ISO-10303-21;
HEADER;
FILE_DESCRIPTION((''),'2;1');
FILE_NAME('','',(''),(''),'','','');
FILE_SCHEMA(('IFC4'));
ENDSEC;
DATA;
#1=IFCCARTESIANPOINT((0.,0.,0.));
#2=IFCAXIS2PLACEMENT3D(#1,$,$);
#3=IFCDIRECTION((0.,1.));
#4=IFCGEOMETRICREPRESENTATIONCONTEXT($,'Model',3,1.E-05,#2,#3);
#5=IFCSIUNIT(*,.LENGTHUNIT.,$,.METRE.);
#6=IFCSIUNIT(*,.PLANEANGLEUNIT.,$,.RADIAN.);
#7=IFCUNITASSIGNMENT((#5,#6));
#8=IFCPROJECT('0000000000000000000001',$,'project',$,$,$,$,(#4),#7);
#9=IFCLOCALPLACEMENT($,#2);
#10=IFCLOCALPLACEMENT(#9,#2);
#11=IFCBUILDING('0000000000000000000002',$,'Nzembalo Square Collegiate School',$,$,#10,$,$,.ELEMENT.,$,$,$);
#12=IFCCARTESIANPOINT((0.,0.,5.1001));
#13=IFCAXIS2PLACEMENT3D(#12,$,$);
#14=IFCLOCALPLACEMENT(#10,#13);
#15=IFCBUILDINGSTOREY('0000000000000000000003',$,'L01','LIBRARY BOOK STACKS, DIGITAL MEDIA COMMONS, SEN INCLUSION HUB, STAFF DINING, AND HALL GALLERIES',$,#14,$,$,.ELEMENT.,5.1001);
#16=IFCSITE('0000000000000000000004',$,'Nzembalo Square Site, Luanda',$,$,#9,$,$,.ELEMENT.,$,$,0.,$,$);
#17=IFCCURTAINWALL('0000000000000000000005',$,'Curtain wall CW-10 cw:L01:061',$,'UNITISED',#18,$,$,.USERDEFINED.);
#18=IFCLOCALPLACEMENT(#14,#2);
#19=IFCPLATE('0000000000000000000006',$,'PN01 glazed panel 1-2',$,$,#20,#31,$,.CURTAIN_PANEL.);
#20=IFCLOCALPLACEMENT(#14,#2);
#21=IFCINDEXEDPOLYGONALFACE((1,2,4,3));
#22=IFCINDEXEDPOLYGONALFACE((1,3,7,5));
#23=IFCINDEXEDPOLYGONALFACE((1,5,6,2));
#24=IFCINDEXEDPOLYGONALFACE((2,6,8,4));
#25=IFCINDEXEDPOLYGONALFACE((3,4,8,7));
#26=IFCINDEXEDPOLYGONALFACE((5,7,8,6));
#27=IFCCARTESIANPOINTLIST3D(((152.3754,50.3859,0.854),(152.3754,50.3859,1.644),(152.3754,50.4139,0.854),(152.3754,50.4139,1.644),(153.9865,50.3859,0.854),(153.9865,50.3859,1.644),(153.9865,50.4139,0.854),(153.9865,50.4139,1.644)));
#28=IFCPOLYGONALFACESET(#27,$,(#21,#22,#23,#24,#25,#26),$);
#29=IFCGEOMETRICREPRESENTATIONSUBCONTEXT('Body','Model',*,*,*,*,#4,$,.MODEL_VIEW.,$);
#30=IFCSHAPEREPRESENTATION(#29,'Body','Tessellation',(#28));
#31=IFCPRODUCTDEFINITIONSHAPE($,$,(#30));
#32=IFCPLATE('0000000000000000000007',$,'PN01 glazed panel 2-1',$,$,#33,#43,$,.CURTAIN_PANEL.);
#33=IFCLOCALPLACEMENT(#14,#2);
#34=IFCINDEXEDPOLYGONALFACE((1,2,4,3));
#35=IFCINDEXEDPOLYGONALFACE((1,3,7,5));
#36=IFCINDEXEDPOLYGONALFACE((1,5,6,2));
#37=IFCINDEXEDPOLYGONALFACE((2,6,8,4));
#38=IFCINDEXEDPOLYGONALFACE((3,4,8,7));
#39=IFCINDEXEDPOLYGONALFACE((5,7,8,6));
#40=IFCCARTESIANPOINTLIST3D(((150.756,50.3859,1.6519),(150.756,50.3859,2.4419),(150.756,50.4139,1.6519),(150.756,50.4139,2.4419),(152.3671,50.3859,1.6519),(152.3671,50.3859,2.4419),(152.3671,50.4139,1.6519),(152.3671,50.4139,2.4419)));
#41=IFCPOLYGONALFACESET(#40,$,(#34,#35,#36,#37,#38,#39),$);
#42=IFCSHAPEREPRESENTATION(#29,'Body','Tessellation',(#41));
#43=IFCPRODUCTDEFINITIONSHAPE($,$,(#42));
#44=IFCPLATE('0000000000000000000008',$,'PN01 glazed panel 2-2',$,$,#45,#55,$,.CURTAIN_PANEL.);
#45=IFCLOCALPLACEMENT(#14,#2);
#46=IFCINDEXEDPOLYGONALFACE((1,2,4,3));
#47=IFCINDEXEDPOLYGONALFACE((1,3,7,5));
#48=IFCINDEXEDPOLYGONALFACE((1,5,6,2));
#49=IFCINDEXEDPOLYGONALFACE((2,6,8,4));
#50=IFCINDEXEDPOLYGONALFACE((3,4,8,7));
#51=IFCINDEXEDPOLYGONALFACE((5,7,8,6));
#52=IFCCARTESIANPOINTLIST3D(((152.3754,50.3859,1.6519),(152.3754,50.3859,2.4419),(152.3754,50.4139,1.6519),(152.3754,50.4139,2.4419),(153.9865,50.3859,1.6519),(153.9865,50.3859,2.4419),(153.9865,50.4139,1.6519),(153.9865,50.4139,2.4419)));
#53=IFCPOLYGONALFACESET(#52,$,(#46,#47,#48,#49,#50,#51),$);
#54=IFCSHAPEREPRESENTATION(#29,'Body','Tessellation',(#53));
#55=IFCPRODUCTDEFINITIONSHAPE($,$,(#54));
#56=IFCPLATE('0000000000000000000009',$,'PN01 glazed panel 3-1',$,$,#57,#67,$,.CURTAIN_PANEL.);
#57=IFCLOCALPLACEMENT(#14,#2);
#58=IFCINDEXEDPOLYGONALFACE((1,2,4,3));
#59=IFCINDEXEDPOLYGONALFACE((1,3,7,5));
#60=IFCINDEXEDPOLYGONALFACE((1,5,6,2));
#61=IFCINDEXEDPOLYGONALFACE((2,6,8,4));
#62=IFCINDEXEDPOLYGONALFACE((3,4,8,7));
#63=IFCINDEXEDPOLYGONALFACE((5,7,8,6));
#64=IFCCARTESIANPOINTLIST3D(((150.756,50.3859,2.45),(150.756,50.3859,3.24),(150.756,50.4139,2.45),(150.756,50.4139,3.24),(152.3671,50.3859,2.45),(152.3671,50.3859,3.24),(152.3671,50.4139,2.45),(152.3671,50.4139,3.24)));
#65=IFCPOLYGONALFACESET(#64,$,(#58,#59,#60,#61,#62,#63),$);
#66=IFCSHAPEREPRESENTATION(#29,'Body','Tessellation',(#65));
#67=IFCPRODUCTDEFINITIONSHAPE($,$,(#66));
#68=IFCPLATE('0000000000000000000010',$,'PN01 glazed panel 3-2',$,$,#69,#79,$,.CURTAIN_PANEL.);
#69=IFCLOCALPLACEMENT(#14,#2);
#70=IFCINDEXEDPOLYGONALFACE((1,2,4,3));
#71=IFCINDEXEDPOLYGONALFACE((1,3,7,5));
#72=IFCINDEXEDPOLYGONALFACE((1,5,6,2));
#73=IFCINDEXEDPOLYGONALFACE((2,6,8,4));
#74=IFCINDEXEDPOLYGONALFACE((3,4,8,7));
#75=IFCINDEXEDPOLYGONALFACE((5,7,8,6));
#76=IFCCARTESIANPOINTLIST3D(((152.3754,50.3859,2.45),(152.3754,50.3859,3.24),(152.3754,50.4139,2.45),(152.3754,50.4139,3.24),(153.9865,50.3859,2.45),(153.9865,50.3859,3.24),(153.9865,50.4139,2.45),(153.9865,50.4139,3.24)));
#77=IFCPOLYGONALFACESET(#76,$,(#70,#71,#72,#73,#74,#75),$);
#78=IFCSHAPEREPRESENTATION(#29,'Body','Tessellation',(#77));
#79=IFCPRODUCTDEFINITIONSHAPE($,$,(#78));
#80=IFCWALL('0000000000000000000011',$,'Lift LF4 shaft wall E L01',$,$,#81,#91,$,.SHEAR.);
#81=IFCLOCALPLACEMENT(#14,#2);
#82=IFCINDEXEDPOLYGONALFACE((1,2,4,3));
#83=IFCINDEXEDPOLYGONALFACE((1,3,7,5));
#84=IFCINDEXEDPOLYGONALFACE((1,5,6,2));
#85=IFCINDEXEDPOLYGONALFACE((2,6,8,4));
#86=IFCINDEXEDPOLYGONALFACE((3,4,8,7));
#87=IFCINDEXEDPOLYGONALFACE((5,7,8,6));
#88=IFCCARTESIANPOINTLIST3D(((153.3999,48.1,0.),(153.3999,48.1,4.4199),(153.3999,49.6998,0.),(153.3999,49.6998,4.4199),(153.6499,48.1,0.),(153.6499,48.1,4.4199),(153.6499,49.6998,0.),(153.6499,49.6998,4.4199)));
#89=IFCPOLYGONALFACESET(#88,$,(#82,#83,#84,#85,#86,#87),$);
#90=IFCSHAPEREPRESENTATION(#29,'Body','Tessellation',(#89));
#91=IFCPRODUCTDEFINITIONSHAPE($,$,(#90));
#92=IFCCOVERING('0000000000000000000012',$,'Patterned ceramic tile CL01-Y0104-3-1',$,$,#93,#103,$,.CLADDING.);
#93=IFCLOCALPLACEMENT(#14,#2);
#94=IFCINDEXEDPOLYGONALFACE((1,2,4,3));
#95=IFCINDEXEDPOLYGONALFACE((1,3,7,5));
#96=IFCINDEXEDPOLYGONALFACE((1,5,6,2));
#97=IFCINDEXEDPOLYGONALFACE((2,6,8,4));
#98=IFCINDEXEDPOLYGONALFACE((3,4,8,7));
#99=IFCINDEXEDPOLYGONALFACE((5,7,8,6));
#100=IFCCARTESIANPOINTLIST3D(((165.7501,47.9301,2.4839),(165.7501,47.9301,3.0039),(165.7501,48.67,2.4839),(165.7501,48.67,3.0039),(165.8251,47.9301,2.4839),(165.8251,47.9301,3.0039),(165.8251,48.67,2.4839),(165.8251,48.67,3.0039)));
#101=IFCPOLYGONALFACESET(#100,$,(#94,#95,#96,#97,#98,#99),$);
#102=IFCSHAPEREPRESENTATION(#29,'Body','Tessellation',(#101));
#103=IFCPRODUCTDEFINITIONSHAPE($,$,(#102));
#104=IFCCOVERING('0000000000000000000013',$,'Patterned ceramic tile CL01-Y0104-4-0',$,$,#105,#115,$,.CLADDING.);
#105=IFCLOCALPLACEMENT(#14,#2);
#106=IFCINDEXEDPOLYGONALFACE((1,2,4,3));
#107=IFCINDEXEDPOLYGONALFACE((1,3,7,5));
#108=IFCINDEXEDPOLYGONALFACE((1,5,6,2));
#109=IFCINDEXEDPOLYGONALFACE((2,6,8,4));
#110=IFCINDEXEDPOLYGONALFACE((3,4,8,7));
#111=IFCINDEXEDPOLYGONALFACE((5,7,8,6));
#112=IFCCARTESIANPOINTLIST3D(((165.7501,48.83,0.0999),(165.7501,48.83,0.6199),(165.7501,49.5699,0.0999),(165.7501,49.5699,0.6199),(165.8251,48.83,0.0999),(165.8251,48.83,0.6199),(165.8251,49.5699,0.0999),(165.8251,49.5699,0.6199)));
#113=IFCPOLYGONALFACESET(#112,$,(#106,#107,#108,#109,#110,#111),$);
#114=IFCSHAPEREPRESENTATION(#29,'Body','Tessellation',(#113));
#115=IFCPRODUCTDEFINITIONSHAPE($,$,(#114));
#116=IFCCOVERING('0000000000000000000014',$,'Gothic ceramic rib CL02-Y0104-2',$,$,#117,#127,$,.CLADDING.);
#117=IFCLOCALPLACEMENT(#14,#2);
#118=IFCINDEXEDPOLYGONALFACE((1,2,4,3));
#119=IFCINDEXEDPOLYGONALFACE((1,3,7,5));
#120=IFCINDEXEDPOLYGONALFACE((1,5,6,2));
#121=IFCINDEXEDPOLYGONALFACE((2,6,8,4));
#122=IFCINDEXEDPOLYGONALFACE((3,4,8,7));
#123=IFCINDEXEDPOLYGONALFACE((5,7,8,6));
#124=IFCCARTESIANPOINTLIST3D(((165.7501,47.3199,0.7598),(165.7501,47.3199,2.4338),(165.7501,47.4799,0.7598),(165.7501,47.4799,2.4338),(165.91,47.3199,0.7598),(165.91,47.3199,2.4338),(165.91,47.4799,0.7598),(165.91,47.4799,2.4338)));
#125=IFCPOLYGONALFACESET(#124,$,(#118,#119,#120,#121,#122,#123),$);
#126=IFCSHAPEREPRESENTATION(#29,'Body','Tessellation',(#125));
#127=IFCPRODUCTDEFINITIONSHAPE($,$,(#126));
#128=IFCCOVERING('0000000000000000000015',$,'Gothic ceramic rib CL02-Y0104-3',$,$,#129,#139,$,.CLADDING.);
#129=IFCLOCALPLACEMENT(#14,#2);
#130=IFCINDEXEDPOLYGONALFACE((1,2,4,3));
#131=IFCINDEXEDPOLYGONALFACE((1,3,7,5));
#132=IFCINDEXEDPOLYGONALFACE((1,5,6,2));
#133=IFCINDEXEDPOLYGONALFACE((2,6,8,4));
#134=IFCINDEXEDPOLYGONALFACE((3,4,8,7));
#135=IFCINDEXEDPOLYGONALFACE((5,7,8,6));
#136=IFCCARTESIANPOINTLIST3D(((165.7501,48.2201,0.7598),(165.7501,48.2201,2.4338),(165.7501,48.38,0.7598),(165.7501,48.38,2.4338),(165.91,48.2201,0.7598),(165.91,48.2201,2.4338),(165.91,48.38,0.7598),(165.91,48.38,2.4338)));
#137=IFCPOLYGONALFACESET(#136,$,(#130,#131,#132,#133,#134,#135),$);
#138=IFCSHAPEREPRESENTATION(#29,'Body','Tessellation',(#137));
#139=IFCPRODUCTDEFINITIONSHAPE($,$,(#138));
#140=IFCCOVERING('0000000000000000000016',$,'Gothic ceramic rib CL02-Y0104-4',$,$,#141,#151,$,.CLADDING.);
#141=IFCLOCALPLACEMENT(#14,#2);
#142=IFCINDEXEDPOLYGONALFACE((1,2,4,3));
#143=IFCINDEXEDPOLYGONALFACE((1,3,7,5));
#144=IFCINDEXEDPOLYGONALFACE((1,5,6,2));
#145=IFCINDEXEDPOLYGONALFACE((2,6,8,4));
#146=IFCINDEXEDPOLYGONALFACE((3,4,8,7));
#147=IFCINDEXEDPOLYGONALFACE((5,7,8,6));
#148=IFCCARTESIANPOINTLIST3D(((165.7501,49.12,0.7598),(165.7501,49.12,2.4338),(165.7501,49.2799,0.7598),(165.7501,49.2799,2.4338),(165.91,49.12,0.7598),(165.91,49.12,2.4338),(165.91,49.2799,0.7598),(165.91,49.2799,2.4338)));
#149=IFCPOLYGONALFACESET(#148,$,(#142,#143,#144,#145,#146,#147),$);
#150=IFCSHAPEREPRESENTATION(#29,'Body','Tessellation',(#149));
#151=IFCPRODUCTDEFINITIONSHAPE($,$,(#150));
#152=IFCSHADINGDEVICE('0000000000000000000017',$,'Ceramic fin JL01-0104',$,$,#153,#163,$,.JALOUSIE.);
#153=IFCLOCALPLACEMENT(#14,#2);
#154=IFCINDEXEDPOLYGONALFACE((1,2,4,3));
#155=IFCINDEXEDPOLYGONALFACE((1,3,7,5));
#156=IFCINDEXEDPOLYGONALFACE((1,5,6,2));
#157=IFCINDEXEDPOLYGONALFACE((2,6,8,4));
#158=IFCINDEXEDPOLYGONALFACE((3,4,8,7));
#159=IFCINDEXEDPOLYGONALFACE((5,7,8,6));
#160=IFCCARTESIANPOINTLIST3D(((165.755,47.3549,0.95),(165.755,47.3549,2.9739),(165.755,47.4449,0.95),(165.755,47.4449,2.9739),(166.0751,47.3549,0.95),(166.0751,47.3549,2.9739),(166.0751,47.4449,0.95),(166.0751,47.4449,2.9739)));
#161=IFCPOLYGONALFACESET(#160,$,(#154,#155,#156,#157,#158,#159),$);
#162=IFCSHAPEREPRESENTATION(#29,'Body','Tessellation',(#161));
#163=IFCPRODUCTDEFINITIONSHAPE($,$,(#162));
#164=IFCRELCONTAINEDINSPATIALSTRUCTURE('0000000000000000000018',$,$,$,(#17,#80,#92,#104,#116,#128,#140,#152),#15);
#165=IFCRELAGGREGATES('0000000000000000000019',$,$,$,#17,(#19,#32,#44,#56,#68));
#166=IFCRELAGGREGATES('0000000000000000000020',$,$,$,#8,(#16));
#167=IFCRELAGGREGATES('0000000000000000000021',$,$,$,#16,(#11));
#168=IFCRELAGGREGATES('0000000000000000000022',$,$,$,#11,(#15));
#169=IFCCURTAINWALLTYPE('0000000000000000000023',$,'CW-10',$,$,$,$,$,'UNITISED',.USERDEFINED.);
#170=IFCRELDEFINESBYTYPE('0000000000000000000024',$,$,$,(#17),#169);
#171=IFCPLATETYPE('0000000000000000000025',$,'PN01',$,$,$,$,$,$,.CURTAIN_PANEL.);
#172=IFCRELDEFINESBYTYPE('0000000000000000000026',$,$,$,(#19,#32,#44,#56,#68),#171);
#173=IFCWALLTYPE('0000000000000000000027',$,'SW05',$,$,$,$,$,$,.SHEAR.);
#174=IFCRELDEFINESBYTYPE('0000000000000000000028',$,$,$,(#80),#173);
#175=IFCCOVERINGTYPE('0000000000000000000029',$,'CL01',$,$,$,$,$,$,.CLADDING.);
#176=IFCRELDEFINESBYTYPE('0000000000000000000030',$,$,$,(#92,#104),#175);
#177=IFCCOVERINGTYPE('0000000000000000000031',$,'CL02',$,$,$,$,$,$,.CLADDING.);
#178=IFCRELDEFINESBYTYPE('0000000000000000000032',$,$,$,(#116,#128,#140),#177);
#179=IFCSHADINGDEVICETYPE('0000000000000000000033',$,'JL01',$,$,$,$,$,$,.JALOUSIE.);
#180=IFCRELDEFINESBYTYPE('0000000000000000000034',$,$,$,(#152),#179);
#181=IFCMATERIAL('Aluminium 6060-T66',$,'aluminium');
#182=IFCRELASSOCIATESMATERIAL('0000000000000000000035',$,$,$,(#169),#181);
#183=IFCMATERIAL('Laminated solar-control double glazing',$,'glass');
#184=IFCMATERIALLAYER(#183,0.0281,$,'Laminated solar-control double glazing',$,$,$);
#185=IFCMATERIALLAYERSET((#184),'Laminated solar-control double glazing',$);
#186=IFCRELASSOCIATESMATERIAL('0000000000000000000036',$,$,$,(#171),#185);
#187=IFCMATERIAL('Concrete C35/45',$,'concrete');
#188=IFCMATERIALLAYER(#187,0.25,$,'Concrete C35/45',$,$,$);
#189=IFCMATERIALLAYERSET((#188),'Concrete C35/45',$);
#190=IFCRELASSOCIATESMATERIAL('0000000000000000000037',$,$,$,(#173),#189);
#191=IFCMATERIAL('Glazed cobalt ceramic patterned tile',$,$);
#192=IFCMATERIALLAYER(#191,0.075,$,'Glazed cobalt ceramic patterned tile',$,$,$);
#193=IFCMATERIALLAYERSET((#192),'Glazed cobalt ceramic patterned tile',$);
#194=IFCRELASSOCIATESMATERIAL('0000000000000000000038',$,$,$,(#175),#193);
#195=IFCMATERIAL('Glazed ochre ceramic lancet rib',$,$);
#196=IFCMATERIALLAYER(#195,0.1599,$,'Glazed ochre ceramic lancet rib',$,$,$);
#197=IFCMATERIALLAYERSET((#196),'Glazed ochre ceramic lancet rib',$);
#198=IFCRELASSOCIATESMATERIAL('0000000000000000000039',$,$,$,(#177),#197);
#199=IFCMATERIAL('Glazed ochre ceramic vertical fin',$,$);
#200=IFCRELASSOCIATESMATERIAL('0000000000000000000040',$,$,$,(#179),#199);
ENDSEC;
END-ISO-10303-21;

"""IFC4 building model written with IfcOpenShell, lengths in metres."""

from ifc_helpers import new_model, si_unit, direction, frame, frame_2d, origin, origin_2d, place, context, subcontext, project, spatial, rectangle, extrude, material, layer, layer_set, type_object, element, aggregate, save


model = new_model("IFC4")

# Units and contexts
model_context = context("Model", 3, precision=1e-05, world=origin(), true_north=direction((0.0, 1.0)))
body_context = subcontext(model_context, "Body", "Model", "MODEL_VIEW")
ifc_project = project(units=[si_unit("LENGTHUNIT", "METRE"), si_unit("PLANEANGLEUNIT", "RADIAN")], contexts=[model_context])

# Site, building, storey
site_placement = place(None, origin())
site = spatial("IfcSite", under=ifc_project, at=site_placement, Name="Nzembalo Square Site, Luanda", CompositionType="ELEMENT", RefElevation=0.0)
building_placement = place(site_placement, origin())
building = spatial("IfcBuilding", under=site, at=building_placement, Name="Nzembalo Square Collegiate School", CompositionType="ELEMENT")
storey_placement = place(building_placement, frame((0.0, 0.0, 5.1001)))
storey = spatial("IfcBuildingStorey", under=building, at=storey_placement, Name="L01", Description="LIBRARY BOOK STACKS, DIGITAL MEDIA COMMONS, SEN INCLUSION HUB, STAFF DINING, AND HALL GALLERIES", CompositionType="ELEMENT", Elevation=5.1001)

# Curtain wall, plates
ifc_material_1 = material(Name="Aluminium 6060-T66", Category="aluminium")
curtain_wall_type = type_object("IfcCurtainWallType", Name="CW-10", ElementType="UNITISED", PredefinedType="USERDEFINED", material=ifc_material_1)
curtain_wall_placement = place(storey_placement, origin())
curtain_wall = element("IfcCurtainWall", 1, at=curtain_wall_placement, inside=storey, type_object=curtain_wall_type, Name="Curtain wall CW-10 cw:L01:061", ObjectType="UNITISED", PredefinedType="USERDEFINED")
ifc_material_2 = material(Name="Laminated solar-control double glazing", Category="glass")
ifc_layer_1 = layer(ifc_material_2, 0.0281, Name="Laminated solar-control double glazing")
ifc_layer_set_1 = layer_set([ifc_layer_1], Name="Laminated solar-control double glazing")
plate_type = type_object("IfcPlateType", Name="PN01", PredefinedType="CURTAIN_PANEL", material=ifc_layer_set_1)
plate_1_placement = place(storey_placement, frame((153.1809, 50.3999, 0.854), z_axis=(0.0, 0.0, 1.0), x_axis=(1.0, 0.0, 0.0)))
plate_1 = element("IfcPlate", 2, at=plate_1_placement, type_object=plate_type, Name="PN01 glazed panel 1-2", PredefinedType="CURTAIN_PANEL", context=body_context, shape_type="SweptSolid", body=[
    extrude(rectangle(XDim=1.6111, YDim=0.0281, at=origin_2d()), origin(), (0.0, 0.0, 1.0), 0.79),
])
plate_2_placement = place(storey_placement, frame((151.5615, 50.3999, 1.6519), z_axis=(0.0, 0.0, 1.0), x_axis=(1.0, 0.0, 0.0)))
plate_2 = element("IfcPlate", 3, at=plate_2_placement, type_object=plate_type, Name="PN01 glazed panel 2-1", PredefinedType="CURTAIN_PANEL", context=body_context, shape_type="SweptSolid", body=[
    extrude(rectangle(XDim=1.6111, YDim=0.0281, at=origin_2d()), origin(), (0.0, 0.0, 1.0), 0.79),
])
plate_3_placement = place(storey_placement, frame((153.1809, 50.3999, 1.6519), z_axis=(0.0, 0.0, 1.0), x_axis=(1.0, 0.0, 0.0)))
plate_3 = element("IfcPlate", 4, at=plate_3_placement, type_object=plate_type, Name="PN01 glazed panel 2-2", PredefinedType="CURTAIN_PANEL", context=body_context, shape_type="SweptSolid", body=[
    extrude(rectangle(XDim=1.6111, YDim=0.0281, at=origin_2d()), origin(), (0.0, 0.0, 1.0), 0.79),
])
plate_4_placement = place(storey_placement, frame((151.5615, 50.3999, 2.45), z_axis=(0.0, 0.0, 1.0), x_axis=(1.0, 0.0, 0.0)))
plate_4 = element("IfcPlate", 5, at=plate_4_placement, type_object=plate_type, Name="PN01 glazed panel 3-1", PredefinedType="CURTAIN_PANEL", context=body_context, shape_type="SweptSolid", body=[
    extrude(rectangle(XDim=1.6111, YDim=0.0281, at=origin_2d()), origin(), (0.0, 0.0, 1.0), 0.79),
])
plate_5_placement = place(storey_placement, frame((153.1809, 50.3999, 2.45), z_axis=(0.0, 0.0, 1.0), x_axis=(1.0, 0.0, 0.0)))
plate_5 = element("IfcPlate", 6, at=plate_5_placement, type_object=plate_type, Name="PN01 glazed panel 3-2", PredefinedType="CURTAIN_PANEL", context=body_context, shape_type="SweptSolid", body=[
    extrude(rectangle(XDim=1.6111, YDim=0.0281, at=origin_2d()), origin(), (0.0, 0.0, 1.0), 0.79),
])
aggregate(curtain_wall, [plate_1, plate_2, plate_3, plate_4, plate_5])

# Wall
ifc_material_3 = material(Name="Concrete C35/45", Category="concrete")
ifc_layer_2 = layer(ifc_material_3, 0.25, Name="Concrete C35/45")
ifc_layer_set_2 = layer_set([ifc_layer_2], Name="Concrete C35/45")
wall_type = type_object("IfcWallType", Name="SW05", PredefinedType="SHEAR", material=ifc_layer_set_2)
wall_placement = place(storey_placement, frame((153.5249, 48.1001, 0.0), z_axis=(0.0, 0.0, 1.0), x_axis=(0.0, 1.0, 0.0)))
element("IfcWall", 7, at=wall_placement, inside=storey, type_object=wall_type, Name="Lift LF4 shaft wall E L01", PredefinedType="SHEAR", context=body_context, shape_type="SweptSolid", body=[
    extrude(rectangle(XDim=1.5999, YDim=0.25, at=frame_2d((0.7998, 0.0))), origin(), (0.0, 0.0, 1.0), 4.4199),
])

# Coverings
ifc_material_4 = material(Name="Glazed cobalt ceramic patterned tile")
ifc_layer_3 = layer(ifc_material_4, 0.075, Name="Glazed cobalt ceramic patterned tile")
ifc_layer_set_3 = layer_set([ifc_layer_3], Name="Glazed cobalt ceramic patterned tile")
covering_type_1 = type_object("IfcCoveringType", Name="CL01", PredefinedType="CLADDING", material=ifc_layer_set_3)
for number, where, z_axis, x_axis, name in (
    (8, (165.7876, 48.3, 2.4839), (0.0, 0.0, 1.0), (1.0, 0.0, 0.0), "Patterned ceramic tile CL01-Y0104-3-1"),
    (9, (165.7876, 49.2, 0.0999), (0.0, 0.0, 1.0), (1.0, 0.0, 0.0), "Patterned ceramic tile CL01-Y0104-4-0"),
):
    element("IfcCovering", number, at=place(storey_placement, frame(where, z_axis=z_axis, x_axis=x_axis)), inside=storey, type_object=covering_type_1, Name=name, PredefinedType="CLADDING", context=body_context, shape_type="SweptSolid", body=[
        extrude(rectangle(XDim=0.075, YDim=0.74, at=origin_2d()), origin(), (0.0, 0.0, 1.0), 0.52),
    ])
ifc_material_5 = material(Name="Glazed ochre ceramic lancet rib")
ifc_layer_4 = layer(ifc_material_5, 0.1599, Name="Glazed ochre ceramic lancet rib")
ifc_layer_set_4 = layer_set([ifc_layer_4], Name="Glazed ochre ceramic lancet rib")
covering_type_2 = type_object("IfcCoveringType", Name="CL02", PredefinedType="CLADDING", material=ifc_layer_set_4)
for number, where, z_axis, x_axis, name in (
    (10, (165.8301, 47.3999, 0.7598), (0.0, 0.0, 1.0), (1.0, 0.0, 0.0), "Gothic ceramic rib CL02-Y0104-2"),
    (11, (165.8301, 48.3, 0.7598), (0.0, 0.0, 1.0), (1.0, 0.0, 0.0), "Gothic ceramic rib CL02-Y0104-3"),
    (12, (165.8301, 49.2, 0.7598), (0.0, 0.0, 1.0), (1.0, 0.0, 0.0), "Gothic ceramic rib CL02-Y0104-4"),
):
    element("IfcCovering", number, at=place(storey_placement, frame(where, z_axis=z_axis, x_axis=x_axis)), inside=storey, type_object=covering_type_2, Name=name, PredefinedType="CLADDING", context=body_context, shape_type="SweptSolid", body=[
        extrude(rectangle(XDim=0.1599, YDim=0.1599, at=origin_2d()), origin(), (0.0, 0.0, 1.0), 1.6741),
    ])

# Shading device
ifc_material_6 = material(Name="Glazed ochre ceramic vertical fin")
shading_device_type = type_object("IfcShadingDeviceType", Name="JL01", PredefinedType="JALOUSIE", material=ifc_material_6)
shading_device_placement = place(storey_placement, frame((165.915, 47.3999, 0.95), z_axis=(0.0, 0.0, 1.0), x_axis=(1.0, 0.0, 0.0)))
element("IfcShadingDevice", 13, at=shading_device_placement, inside=storey, type_object=shading_device_type, Name="Ceramic fin JL01-0104", PredefinedType="JALOUSIE", context=body_context, shape_type="SweptSolid", body=[
    extrude(rectangle(XDim=0.3201, YDim=0.0901, at=origin_2d()), origin(), (0.0, 0.0, 1.0), 2.0239),
])

save(model, "model.ifc")
